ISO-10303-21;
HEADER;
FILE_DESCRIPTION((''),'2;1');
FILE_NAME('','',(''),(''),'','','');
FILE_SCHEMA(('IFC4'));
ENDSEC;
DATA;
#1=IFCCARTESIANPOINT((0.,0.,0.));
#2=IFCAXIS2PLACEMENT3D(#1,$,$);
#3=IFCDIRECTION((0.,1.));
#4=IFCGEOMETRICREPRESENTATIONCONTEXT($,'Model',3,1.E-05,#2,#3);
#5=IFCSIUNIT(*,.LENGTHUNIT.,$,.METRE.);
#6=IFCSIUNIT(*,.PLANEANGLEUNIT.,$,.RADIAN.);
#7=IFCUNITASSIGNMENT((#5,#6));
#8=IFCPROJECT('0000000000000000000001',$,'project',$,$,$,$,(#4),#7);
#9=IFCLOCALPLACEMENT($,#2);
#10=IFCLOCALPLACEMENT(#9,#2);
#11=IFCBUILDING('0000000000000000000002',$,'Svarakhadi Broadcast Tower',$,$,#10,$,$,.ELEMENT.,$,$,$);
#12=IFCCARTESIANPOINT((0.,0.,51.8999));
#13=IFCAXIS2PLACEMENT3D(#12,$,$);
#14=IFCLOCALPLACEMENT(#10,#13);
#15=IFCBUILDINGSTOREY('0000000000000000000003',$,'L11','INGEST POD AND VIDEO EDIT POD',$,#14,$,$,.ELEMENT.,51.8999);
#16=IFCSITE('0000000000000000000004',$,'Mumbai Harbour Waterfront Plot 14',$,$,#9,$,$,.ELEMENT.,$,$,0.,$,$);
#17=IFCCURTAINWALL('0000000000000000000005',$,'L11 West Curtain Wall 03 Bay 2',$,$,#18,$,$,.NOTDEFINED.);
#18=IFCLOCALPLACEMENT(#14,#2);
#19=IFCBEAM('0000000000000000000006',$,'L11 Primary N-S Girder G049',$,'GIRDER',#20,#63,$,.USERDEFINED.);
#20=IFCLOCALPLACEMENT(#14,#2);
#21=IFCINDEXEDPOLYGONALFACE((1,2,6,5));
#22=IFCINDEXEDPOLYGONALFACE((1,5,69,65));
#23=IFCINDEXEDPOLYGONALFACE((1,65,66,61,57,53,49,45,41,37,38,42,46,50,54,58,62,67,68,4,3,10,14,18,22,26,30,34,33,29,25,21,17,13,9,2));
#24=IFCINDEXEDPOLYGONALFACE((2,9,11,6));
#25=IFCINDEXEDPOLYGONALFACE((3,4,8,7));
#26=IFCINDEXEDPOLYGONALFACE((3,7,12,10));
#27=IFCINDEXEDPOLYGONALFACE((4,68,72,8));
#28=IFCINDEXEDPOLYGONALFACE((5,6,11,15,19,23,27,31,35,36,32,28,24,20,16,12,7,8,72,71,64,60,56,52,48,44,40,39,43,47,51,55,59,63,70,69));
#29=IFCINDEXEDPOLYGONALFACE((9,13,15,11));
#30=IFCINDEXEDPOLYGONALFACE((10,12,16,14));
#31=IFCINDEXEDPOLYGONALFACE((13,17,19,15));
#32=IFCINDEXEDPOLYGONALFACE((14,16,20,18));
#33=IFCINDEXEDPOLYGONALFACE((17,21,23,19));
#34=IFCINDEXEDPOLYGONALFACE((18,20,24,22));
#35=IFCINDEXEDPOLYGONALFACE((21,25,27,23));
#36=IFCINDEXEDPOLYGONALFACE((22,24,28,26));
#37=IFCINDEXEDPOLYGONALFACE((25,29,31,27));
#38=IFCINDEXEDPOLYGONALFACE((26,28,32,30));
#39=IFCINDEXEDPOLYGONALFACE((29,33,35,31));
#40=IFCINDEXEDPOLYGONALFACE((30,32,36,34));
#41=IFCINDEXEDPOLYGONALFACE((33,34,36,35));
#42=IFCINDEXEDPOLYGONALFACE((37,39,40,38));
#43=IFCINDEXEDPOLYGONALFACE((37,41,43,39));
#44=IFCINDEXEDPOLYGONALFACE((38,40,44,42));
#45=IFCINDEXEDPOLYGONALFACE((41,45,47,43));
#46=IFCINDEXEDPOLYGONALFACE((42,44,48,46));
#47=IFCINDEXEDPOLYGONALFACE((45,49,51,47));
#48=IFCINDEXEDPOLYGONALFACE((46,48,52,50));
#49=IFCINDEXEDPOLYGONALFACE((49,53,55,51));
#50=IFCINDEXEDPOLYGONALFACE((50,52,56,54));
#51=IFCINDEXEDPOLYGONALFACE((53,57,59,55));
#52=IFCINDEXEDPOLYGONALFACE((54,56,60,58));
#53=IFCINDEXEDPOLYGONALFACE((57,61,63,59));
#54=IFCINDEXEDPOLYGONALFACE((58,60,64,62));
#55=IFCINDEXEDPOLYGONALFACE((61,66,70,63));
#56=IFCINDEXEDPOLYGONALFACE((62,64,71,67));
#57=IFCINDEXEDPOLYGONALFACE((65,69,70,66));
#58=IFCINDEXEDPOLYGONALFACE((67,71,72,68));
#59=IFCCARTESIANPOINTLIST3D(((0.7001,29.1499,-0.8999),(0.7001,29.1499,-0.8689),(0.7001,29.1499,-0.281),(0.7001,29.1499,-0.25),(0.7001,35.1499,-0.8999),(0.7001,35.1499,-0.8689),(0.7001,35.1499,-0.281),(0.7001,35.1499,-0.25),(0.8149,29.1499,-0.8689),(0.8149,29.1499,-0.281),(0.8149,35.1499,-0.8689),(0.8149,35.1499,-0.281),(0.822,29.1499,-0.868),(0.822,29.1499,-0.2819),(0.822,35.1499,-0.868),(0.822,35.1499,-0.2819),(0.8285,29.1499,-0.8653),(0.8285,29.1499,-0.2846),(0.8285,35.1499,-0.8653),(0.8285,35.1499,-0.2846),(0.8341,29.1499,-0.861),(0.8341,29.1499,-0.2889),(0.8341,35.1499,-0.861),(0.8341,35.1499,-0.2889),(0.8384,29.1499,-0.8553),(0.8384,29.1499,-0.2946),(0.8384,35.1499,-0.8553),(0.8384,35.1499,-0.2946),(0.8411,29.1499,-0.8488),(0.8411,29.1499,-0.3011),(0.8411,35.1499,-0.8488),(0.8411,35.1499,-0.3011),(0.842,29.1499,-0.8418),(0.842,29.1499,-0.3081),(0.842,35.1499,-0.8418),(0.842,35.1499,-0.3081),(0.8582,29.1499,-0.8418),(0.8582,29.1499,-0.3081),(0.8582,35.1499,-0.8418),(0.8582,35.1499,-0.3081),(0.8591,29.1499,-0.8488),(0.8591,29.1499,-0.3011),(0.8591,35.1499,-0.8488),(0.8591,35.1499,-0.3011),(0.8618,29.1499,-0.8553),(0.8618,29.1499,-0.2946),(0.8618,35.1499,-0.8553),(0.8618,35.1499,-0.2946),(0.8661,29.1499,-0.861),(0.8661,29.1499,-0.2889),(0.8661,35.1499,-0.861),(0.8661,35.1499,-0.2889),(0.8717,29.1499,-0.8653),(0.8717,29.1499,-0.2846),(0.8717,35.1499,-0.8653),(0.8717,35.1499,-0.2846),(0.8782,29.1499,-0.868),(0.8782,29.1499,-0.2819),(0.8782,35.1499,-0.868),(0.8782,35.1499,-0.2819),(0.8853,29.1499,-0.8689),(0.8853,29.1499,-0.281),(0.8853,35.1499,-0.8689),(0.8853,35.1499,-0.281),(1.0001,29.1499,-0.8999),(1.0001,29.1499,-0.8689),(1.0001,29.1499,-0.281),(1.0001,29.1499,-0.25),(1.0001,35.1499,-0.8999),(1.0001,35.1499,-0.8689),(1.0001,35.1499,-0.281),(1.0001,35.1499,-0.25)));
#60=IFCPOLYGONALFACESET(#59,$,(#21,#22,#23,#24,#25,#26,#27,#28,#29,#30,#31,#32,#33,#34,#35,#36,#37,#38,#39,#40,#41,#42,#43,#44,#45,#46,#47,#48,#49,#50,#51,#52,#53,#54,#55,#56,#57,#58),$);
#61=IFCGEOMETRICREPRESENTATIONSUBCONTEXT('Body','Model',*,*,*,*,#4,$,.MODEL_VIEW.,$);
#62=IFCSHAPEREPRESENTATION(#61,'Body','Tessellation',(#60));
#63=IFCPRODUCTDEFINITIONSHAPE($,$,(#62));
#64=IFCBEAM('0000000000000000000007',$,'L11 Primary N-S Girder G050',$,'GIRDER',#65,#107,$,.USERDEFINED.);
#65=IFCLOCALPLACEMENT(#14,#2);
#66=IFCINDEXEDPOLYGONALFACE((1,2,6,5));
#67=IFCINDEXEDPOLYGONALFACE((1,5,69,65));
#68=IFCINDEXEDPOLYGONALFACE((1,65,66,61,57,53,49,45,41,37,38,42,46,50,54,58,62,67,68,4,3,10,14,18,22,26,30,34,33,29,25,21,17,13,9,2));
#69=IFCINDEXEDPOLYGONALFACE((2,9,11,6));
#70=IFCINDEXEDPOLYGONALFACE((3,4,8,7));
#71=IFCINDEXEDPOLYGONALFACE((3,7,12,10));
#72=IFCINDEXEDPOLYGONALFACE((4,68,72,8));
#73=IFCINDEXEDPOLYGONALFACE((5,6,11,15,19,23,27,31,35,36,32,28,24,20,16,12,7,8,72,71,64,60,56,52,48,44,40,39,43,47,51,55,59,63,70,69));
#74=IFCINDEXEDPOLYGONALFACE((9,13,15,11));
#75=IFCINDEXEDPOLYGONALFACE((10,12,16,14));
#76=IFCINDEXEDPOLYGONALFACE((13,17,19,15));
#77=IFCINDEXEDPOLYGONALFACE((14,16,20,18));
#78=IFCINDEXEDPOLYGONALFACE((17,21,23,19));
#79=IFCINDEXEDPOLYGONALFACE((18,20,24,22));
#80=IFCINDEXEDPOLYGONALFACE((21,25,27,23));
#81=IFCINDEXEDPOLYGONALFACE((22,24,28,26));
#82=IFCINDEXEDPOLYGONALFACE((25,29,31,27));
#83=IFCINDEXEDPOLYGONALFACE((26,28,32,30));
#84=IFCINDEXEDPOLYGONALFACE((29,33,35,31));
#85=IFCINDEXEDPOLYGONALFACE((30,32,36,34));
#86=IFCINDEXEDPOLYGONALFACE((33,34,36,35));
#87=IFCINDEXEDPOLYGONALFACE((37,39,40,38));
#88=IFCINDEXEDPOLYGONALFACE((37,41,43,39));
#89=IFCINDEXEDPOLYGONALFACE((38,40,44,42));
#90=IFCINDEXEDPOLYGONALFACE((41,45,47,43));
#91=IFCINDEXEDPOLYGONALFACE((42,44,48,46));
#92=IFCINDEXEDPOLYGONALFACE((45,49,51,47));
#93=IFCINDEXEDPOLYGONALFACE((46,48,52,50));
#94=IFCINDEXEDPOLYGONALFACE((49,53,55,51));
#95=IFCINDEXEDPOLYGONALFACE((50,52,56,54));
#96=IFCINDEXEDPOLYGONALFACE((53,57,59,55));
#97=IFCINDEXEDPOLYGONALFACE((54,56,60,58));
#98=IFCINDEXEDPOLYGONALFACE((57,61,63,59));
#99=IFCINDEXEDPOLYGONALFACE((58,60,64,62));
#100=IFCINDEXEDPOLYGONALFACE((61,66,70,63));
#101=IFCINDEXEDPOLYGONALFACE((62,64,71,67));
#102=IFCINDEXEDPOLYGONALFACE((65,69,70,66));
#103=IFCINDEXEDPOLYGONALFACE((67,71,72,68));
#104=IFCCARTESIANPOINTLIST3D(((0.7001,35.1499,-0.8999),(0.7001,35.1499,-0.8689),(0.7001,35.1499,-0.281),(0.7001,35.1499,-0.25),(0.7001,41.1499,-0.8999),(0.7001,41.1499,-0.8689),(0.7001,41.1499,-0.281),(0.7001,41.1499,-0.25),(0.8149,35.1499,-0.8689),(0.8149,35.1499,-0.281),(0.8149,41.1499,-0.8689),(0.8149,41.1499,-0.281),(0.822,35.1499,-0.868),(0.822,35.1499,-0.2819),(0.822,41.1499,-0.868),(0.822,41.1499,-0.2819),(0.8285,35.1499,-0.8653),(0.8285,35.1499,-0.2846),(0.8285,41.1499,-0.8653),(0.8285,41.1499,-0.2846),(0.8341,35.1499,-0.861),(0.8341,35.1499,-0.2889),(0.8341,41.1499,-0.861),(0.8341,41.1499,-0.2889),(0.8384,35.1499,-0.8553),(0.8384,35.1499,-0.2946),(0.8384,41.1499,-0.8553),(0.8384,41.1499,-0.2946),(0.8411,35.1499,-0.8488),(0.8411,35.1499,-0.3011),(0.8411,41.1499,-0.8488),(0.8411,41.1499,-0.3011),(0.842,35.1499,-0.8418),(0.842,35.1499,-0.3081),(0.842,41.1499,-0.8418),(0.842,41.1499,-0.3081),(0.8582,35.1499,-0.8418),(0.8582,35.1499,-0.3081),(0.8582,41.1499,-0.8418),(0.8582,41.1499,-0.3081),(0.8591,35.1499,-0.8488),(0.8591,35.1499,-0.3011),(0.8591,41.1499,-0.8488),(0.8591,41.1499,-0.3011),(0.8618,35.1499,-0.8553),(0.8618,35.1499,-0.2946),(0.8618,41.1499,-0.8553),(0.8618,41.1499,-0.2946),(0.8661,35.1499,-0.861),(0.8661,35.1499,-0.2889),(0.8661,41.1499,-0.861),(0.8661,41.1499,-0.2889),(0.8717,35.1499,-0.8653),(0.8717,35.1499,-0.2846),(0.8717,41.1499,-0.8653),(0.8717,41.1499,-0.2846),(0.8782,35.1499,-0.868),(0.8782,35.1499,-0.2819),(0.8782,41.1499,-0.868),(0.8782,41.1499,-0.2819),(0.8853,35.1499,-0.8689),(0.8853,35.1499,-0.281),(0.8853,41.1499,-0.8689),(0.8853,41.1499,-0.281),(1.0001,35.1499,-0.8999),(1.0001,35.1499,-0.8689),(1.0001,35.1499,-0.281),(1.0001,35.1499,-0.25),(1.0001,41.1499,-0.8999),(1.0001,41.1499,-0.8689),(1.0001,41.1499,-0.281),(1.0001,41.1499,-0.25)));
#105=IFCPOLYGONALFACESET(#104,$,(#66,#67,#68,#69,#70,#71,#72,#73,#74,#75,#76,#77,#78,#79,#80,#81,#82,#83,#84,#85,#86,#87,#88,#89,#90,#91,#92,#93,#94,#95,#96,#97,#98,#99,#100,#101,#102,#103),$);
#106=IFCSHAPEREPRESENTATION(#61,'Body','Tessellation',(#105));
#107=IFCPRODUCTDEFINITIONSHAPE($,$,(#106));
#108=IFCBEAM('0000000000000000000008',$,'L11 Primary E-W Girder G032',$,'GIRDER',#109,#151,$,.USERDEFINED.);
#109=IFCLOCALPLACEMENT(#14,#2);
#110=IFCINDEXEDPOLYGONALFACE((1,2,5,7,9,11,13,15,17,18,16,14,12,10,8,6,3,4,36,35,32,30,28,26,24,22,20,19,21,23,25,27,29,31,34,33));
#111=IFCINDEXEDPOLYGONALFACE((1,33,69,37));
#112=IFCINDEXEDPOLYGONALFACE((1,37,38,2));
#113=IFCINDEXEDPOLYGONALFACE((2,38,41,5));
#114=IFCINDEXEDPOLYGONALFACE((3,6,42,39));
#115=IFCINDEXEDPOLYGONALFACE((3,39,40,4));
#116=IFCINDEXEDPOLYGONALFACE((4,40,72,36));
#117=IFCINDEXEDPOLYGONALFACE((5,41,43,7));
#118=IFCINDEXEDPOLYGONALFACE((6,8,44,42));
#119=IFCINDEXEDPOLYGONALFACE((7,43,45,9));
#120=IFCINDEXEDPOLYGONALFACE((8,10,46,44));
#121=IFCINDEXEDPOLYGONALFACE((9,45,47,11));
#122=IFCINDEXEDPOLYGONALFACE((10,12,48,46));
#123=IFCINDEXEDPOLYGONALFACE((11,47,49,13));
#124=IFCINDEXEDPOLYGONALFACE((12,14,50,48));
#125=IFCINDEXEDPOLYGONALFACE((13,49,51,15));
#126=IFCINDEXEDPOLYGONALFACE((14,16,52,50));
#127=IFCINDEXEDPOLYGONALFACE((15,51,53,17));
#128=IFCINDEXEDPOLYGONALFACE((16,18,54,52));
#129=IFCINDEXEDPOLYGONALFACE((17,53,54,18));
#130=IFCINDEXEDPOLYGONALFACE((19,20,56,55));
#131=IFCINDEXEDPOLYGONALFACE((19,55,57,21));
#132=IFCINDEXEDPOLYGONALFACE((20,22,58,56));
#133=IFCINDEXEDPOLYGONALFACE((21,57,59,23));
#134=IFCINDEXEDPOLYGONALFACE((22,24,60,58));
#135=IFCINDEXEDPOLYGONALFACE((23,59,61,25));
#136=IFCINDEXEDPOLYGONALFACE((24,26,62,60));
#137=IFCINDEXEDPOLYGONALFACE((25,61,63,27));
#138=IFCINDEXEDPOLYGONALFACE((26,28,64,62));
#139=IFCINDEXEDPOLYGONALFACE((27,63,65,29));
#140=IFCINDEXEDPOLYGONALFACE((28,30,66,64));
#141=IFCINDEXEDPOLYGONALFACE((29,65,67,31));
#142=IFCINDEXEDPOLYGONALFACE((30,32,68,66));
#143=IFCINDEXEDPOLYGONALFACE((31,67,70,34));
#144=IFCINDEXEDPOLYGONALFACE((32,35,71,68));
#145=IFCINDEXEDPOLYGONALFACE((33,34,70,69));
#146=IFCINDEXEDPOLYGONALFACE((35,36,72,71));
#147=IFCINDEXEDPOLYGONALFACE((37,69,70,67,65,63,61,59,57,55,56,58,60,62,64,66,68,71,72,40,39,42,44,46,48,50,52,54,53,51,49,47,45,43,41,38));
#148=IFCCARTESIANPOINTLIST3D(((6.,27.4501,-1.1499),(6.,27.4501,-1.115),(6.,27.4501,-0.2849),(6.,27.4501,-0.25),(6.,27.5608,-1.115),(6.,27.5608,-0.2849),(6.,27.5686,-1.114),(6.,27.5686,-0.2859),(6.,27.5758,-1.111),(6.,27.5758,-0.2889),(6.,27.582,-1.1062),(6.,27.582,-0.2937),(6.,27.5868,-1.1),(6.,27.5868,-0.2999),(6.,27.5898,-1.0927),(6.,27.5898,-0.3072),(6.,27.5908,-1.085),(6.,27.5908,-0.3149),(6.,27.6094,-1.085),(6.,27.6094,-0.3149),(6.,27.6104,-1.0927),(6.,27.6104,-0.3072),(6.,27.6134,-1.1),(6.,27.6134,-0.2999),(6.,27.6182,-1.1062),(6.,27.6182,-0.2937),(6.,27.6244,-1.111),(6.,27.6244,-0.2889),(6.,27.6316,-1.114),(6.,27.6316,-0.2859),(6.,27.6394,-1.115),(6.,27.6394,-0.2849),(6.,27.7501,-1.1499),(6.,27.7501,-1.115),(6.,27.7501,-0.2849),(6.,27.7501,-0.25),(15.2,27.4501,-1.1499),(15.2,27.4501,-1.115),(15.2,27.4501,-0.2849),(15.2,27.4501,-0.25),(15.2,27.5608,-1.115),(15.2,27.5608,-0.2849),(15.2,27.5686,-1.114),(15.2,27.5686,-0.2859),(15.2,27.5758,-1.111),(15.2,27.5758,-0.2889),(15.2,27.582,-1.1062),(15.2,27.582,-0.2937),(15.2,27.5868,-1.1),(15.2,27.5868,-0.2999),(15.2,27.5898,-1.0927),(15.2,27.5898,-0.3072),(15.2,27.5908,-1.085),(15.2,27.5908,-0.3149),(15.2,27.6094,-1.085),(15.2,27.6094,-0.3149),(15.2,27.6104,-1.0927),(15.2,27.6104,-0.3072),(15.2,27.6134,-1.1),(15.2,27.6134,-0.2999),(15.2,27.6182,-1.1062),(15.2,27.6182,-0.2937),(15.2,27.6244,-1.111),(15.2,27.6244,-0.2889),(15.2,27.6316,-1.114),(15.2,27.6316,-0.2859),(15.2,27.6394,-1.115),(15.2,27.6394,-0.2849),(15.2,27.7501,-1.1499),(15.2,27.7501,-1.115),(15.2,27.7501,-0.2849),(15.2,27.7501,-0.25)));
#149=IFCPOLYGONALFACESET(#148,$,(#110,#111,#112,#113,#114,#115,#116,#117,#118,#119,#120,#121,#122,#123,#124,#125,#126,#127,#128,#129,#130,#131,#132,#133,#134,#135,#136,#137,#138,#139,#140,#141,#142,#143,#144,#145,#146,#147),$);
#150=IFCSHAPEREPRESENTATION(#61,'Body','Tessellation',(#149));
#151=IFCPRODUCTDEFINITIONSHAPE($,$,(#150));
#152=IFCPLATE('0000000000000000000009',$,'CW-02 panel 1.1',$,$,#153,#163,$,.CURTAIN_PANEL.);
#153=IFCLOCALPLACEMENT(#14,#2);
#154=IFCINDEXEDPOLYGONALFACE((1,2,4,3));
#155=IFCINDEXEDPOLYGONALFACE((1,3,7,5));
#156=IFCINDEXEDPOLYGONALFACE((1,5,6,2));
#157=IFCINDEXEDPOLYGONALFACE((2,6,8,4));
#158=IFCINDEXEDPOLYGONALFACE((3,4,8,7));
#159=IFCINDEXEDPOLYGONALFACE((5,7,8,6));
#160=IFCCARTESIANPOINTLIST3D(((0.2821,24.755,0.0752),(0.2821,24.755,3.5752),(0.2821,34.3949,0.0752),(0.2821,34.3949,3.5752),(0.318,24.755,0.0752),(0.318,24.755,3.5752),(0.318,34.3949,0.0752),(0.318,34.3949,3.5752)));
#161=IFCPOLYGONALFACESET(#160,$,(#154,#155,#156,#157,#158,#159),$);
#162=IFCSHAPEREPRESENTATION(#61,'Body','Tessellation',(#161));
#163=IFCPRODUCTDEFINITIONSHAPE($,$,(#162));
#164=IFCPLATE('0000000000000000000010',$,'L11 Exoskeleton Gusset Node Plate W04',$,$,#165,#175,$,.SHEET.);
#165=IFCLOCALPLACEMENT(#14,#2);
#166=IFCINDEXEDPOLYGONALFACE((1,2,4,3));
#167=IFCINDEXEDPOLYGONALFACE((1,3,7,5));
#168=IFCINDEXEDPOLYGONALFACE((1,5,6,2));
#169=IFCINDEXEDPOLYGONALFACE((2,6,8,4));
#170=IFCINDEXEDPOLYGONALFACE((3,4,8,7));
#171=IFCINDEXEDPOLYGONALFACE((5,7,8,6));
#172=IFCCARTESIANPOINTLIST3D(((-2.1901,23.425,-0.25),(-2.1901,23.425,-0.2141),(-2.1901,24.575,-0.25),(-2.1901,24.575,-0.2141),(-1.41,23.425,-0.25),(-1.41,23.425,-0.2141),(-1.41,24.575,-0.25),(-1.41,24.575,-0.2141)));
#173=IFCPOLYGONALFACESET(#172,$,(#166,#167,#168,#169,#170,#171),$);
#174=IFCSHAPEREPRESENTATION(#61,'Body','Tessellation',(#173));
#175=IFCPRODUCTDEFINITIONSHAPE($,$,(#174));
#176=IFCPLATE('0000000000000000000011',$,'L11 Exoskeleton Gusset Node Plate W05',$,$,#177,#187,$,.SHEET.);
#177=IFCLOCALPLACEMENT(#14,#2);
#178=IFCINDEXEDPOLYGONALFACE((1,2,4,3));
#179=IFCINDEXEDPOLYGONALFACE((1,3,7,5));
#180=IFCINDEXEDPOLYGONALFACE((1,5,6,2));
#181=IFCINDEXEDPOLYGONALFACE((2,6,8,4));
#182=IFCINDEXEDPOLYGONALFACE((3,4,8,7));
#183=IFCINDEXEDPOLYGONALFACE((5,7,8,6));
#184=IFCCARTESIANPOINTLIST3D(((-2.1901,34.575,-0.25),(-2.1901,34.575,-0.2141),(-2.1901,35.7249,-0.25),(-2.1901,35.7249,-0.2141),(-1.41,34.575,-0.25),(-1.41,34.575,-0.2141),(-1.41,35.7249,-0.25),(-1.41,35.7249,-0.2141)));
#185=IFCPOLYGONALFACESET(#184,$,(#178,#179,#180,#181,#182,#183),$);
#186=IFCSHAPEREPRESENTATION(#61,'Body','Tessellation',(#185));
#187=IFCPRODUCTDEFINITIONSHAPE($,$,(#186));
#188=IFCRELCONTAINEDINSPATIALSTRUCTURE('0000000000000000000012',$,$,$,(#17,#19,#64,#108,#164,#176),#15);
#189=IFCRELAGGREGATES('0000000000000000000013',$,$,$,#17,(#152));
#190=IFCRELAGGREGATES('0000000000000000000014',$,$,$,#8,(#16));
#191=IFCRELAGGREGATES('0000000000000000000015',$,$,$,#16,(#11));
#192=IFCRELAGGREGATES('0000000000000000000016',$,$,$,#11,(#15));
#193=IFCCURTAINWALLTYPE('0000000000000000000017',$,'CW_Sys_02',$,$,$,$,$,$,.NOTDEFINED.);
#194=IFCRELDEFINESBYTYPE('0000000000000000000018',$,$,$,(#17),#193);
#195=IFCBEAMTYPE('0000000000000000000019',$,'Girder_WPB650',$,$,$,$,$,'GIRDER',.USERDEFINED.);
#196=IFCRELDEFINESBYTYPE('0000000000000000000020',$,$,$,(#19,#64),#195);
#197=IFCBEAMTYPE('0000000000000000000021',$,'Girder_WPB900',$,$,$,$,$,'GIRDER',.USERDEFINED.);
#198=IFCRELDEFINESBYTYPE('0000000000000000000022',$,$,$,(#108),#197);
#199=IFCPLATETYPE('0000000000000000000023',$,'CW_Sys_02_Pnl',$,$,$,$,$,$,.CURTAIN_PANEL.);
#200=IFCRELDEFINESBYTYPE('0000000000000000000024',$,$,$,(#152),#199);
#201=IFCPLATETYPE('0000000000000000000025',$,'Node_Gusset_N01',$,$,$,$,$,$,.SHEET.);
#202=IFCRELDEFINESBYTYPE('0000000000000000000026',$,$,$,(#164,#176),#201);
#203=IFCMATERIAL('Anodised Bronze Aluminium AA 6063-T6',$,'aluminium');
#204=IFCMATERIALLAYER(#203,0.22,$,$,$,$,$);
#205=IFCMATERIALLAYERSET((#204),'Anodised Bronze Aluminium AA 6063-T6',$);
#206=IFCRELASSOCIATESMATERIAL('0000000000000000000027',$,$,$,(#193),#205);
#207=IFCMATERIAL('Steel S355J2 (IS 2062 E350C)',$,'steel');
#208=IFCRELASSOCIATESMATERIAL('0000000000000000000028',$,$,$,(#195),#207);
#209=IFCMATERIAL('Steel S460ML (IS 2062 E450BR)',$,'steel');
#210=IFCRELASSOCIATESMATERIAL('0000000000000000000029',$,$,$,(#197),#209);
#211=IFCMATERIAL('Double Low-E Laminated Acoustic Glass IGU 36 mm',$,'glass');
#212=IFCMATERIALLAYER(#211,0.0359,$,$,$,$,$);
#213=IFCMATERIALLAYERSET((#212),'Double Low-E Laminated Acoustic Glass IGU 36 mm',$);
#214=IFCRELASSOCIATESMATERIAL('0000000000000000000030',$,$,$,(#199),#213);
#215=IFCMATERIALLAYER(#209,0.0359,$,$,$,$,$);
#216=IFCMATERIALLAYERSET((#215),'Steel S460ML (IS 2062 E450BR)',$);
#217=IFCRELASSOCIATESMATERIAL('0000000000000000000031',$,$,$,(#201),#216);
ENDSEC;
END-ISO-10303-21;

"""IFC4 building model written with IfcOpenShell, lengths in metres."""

from ifc_helpers import new_model, si_unit, direction, frame, origin, origin_2d, place, context, subcontext, project, spatial, rectangle, i_section, extrude, material, layer, layer_set, material_profile, profile_set, type_object, element, aggregate, save


model = new_model("IFC4")

# Units and contexts
model_context = context("Model", 3, precision=1e-05, world=origin(), true_north=direction((0.0, 1.0)))
body_context = subcontext(model_context, "Body", "Model", "MODEL_VIEW")
ifc_project = project(units=[si_unit("LENGTHUNIT", "METRE"), si_unit("PLANEANGLEUNIT", "RADIAN")], contexts=[model_context])

# Site, building, storey
site_placement = place(None, origin())
site = spatial("IfcSite", under=ifc_project, at=site_placement, Name="Mumbai Harbour Waterfront Plot 14", CompositionType="ELEMENT", RefElevation=0.0)
building_placement = place(site_placement, origin())
building = spatial("IfcBuilding", under=site, at=building_placement, Name="Svarakhadi Broadcast Tower", CompositionType="ELEMENT")
storey_placement = place(building_placement, frame((0.0, 0.0, 51.8999)))
storey = spatial("IfcBuildingStorey", under=building, at=storey_placement, Name="L11", Description="INGEST POD AND VIDEO EDIT POD", CompositionType="ELEMENT", Elevation=51.8999)

# Shared definitions
ifc_material_1 = material(Name="Steel S460ML (IS 2062 E450BR)", Category="steel")

# Shared definitions
ifc_material_2 = material(Name="Steel S355J2 (IS 2062 E350C)", Category="steel")

# Curtain wall
ifc_material_3 = material(Name="Anodised Bronze Aluminium AA 6063-T6", Category="aluminium")
ifc_layer_1 = layer(ifc_material_3, 0.22)
ifc_layer_set_1 = layer_set([ifc_layer_1], Name="Anodised Bronze Aluminium AA 6063-T6")
curtain_wall_type = type_object("IfcCurtainWallType", Name="CW_Sys_02", PredefinedType="NOTDEFINED", material=ifc_layer_set_1)
curtain_wall_placement = place(storey_placement, origin())
curtain_wall = element("IfcCurtainWall", 1, at=curtain_wall_placement, inside=storey, type_object=curtain_wall_type, Name="L11 West Curtain Wall 03 Bay 2", PredefinedType="NOTDEFINED")

# Beams
ifc_material_profile_1 = material_profile(ifc_material_2, i_section(OverallWidth=0.3, OverallDepth=0.6499, WebThickness=0.0161, FlangeThickness=0.031, FilletRadius=0.0271, at=origin_2d()), Name="WPB 650x300x225")
ifc_profile_set_1 = profile_set([ifc_material_profile_1], Name="Steel S355J2 (IS 2062 E350C)")
beam_type_1 = type_object("IfcBeamType", Name="Girder_WPB650", ElementType="GIRDER", PredefinedType="USERDEFINED", material=ifc_profile_set_1)
for number, where, z_axis, x_axis, name in (
    (2, (0.8501, 29.1499, -0.575), (0.0, 1.0, 0.0), (-1.0, 0.0, 0.0), "L11 Primary N-S Girder G049"),
    (3, (0.8501, 35.1499, -0.575), (0.0, 1.0, 0.0), (-1.0, 0.0, 0.0), "L11 Primary N-S Girder G050"),
):
    element("IfcBeam", number, at=place(storey_placement, frame(where, z_axis=z_axis, x_axis=x_axis)), inside=storey, type_object=beam_type_1, Name=name, ObjectType="GIRDER", PredefinedType="USERDEFINED", context=body_context, shape_type="SweptSolid", body=[
        extrude(i_section(OverallWidth=0.3, OverallDepth=0.6499, WebThickness=0.0161, FlangeThickness=0.031, FilletRadius=0.0271, at=origin_2d()), origin(), (0.0, 0.0, 1.0), 6.0),
    ])
ifc_material_profile_2 = material_profile(ifc_material_1, i_section(OverallWidth=0.3, OverallDepth=0.8999, WebThickness=0.0186, FlangeThickness=0.0349, FilletRadius=0.03, at=origin_2d()), Name="WPB 900x300x291")
ifc_profile_set_2 = profile_set([ifc_material_profile_2], Name="Steel S460ML (IS 2062 E450BR)")
beam_type_2 = type_object("IfcBeamType", Name="Girder_WPB900", ElementType="GIRDER", PredefinedType="USERDEFINED", material=ifc_profile_set_2)
beam_placement = place(storey_placement, frame((6.0, 27.6001, -0.7), z_axis=(1.0, 0.0, 0.0), x_axis=(0.0, 1.0, 0.0)))
element("IfcBeam", 4, at=beam_placement, inside=storey, type_object=beam_type_2, Name="L11 Primary E-W Girder G032", ObjectType="GIRDER", PredefinedType="USERDEFINED", context=body_context, shape_type="SweptSolid", body=[
    extrude(i_section(OverallWidth=0.3, OverallDepth=0.8999, WebThickness=0.0186, FlangeThickness=0.0349, FilletRadius=0.03, at=origin_2d()), origin(), (0.0, 0.0, 1.0), 9.2),
])

# Plate
ifc_material_4 = material(Name="Double Low-E Laminated Acoustic Glass IGU 36 mm", Category="glass")
ifc_layer_2 = layer(ifc_material_4, 0.0359)
ifc_layer_set_2 = layer_set([ifc_layer_2], Name="Double Low-E Laminated Acoustic Glass IGU 36 mm")
plate_type_1 = type_object("IfcPlateType", Name="CW_Sys_02_Pnl", PredefinedType="CURTAIN_PANEL", material=ifc_layer_set_2)
plate_placement = place(storey_placement, frame((0.3, 29.575, 0.0752), z_axis=(0.0, 0.0, 1.0), x_axis=(0.0, 1.0, 0.0)))
plate = element("IfcPlate", 5, at=plate_placement, type_object=plate_type_1, Name="CW-02 panel 1.1", PredefinedType="CURTAIN_PANEL", context=body_context, shape_type="SweptSolid", body=[
    extrude(rectangle(XDim=9.6399, YDim=0.0359, at=origin_2d()), origin(), (0.0, 0.0, 1.0), 3.5),
])
aggregate(curtain_wall, [plate])

# Plates
ifc_layer_3 = layer(ifc_material_1, 0.0359)
ifc_layer_set_3 = layer_set([ifc_layer_3], Name="Steel S460ML (IS 2062 E450BR)")
plate_type_2 = type_object("IfcPlateType", Name="Node_Gusset_N01", PredefinedType="SHEET", material=ifc_layer_set_3)
for number, where, z_axis, x_axis, name in (
    (6, (-1.8, 24.0, -0.25), (0.0, 0.0, 1.0), (0.0, 1.0, 0.0), "L11 Exoskeleton Gusset Node Plate W04"),
    (7, (-1.8, 35.1499, -0.25), (0.0, 0.0, 1.0), (0.0, 1.0, 0.0), "L11 Exoskeleton Gusset Node Plate W05"),
):
    element("IfcPlate", number, at=place(storey_placement, frame(where, z_axis=z_axis, x_axis=x_axis)), inside=storey, type_object=plate_type_2, Name=name, PredefinedType="SHEET", context=body_context, shape_type="SweptSolid", body=[
        extrude(rectangle(XDim=1.1499, YDim=0.78, at=origin_2d()), origin(), (0.0, 0.0, 1.0), 0.0359),
    ])

save(model, "model.ifc")
